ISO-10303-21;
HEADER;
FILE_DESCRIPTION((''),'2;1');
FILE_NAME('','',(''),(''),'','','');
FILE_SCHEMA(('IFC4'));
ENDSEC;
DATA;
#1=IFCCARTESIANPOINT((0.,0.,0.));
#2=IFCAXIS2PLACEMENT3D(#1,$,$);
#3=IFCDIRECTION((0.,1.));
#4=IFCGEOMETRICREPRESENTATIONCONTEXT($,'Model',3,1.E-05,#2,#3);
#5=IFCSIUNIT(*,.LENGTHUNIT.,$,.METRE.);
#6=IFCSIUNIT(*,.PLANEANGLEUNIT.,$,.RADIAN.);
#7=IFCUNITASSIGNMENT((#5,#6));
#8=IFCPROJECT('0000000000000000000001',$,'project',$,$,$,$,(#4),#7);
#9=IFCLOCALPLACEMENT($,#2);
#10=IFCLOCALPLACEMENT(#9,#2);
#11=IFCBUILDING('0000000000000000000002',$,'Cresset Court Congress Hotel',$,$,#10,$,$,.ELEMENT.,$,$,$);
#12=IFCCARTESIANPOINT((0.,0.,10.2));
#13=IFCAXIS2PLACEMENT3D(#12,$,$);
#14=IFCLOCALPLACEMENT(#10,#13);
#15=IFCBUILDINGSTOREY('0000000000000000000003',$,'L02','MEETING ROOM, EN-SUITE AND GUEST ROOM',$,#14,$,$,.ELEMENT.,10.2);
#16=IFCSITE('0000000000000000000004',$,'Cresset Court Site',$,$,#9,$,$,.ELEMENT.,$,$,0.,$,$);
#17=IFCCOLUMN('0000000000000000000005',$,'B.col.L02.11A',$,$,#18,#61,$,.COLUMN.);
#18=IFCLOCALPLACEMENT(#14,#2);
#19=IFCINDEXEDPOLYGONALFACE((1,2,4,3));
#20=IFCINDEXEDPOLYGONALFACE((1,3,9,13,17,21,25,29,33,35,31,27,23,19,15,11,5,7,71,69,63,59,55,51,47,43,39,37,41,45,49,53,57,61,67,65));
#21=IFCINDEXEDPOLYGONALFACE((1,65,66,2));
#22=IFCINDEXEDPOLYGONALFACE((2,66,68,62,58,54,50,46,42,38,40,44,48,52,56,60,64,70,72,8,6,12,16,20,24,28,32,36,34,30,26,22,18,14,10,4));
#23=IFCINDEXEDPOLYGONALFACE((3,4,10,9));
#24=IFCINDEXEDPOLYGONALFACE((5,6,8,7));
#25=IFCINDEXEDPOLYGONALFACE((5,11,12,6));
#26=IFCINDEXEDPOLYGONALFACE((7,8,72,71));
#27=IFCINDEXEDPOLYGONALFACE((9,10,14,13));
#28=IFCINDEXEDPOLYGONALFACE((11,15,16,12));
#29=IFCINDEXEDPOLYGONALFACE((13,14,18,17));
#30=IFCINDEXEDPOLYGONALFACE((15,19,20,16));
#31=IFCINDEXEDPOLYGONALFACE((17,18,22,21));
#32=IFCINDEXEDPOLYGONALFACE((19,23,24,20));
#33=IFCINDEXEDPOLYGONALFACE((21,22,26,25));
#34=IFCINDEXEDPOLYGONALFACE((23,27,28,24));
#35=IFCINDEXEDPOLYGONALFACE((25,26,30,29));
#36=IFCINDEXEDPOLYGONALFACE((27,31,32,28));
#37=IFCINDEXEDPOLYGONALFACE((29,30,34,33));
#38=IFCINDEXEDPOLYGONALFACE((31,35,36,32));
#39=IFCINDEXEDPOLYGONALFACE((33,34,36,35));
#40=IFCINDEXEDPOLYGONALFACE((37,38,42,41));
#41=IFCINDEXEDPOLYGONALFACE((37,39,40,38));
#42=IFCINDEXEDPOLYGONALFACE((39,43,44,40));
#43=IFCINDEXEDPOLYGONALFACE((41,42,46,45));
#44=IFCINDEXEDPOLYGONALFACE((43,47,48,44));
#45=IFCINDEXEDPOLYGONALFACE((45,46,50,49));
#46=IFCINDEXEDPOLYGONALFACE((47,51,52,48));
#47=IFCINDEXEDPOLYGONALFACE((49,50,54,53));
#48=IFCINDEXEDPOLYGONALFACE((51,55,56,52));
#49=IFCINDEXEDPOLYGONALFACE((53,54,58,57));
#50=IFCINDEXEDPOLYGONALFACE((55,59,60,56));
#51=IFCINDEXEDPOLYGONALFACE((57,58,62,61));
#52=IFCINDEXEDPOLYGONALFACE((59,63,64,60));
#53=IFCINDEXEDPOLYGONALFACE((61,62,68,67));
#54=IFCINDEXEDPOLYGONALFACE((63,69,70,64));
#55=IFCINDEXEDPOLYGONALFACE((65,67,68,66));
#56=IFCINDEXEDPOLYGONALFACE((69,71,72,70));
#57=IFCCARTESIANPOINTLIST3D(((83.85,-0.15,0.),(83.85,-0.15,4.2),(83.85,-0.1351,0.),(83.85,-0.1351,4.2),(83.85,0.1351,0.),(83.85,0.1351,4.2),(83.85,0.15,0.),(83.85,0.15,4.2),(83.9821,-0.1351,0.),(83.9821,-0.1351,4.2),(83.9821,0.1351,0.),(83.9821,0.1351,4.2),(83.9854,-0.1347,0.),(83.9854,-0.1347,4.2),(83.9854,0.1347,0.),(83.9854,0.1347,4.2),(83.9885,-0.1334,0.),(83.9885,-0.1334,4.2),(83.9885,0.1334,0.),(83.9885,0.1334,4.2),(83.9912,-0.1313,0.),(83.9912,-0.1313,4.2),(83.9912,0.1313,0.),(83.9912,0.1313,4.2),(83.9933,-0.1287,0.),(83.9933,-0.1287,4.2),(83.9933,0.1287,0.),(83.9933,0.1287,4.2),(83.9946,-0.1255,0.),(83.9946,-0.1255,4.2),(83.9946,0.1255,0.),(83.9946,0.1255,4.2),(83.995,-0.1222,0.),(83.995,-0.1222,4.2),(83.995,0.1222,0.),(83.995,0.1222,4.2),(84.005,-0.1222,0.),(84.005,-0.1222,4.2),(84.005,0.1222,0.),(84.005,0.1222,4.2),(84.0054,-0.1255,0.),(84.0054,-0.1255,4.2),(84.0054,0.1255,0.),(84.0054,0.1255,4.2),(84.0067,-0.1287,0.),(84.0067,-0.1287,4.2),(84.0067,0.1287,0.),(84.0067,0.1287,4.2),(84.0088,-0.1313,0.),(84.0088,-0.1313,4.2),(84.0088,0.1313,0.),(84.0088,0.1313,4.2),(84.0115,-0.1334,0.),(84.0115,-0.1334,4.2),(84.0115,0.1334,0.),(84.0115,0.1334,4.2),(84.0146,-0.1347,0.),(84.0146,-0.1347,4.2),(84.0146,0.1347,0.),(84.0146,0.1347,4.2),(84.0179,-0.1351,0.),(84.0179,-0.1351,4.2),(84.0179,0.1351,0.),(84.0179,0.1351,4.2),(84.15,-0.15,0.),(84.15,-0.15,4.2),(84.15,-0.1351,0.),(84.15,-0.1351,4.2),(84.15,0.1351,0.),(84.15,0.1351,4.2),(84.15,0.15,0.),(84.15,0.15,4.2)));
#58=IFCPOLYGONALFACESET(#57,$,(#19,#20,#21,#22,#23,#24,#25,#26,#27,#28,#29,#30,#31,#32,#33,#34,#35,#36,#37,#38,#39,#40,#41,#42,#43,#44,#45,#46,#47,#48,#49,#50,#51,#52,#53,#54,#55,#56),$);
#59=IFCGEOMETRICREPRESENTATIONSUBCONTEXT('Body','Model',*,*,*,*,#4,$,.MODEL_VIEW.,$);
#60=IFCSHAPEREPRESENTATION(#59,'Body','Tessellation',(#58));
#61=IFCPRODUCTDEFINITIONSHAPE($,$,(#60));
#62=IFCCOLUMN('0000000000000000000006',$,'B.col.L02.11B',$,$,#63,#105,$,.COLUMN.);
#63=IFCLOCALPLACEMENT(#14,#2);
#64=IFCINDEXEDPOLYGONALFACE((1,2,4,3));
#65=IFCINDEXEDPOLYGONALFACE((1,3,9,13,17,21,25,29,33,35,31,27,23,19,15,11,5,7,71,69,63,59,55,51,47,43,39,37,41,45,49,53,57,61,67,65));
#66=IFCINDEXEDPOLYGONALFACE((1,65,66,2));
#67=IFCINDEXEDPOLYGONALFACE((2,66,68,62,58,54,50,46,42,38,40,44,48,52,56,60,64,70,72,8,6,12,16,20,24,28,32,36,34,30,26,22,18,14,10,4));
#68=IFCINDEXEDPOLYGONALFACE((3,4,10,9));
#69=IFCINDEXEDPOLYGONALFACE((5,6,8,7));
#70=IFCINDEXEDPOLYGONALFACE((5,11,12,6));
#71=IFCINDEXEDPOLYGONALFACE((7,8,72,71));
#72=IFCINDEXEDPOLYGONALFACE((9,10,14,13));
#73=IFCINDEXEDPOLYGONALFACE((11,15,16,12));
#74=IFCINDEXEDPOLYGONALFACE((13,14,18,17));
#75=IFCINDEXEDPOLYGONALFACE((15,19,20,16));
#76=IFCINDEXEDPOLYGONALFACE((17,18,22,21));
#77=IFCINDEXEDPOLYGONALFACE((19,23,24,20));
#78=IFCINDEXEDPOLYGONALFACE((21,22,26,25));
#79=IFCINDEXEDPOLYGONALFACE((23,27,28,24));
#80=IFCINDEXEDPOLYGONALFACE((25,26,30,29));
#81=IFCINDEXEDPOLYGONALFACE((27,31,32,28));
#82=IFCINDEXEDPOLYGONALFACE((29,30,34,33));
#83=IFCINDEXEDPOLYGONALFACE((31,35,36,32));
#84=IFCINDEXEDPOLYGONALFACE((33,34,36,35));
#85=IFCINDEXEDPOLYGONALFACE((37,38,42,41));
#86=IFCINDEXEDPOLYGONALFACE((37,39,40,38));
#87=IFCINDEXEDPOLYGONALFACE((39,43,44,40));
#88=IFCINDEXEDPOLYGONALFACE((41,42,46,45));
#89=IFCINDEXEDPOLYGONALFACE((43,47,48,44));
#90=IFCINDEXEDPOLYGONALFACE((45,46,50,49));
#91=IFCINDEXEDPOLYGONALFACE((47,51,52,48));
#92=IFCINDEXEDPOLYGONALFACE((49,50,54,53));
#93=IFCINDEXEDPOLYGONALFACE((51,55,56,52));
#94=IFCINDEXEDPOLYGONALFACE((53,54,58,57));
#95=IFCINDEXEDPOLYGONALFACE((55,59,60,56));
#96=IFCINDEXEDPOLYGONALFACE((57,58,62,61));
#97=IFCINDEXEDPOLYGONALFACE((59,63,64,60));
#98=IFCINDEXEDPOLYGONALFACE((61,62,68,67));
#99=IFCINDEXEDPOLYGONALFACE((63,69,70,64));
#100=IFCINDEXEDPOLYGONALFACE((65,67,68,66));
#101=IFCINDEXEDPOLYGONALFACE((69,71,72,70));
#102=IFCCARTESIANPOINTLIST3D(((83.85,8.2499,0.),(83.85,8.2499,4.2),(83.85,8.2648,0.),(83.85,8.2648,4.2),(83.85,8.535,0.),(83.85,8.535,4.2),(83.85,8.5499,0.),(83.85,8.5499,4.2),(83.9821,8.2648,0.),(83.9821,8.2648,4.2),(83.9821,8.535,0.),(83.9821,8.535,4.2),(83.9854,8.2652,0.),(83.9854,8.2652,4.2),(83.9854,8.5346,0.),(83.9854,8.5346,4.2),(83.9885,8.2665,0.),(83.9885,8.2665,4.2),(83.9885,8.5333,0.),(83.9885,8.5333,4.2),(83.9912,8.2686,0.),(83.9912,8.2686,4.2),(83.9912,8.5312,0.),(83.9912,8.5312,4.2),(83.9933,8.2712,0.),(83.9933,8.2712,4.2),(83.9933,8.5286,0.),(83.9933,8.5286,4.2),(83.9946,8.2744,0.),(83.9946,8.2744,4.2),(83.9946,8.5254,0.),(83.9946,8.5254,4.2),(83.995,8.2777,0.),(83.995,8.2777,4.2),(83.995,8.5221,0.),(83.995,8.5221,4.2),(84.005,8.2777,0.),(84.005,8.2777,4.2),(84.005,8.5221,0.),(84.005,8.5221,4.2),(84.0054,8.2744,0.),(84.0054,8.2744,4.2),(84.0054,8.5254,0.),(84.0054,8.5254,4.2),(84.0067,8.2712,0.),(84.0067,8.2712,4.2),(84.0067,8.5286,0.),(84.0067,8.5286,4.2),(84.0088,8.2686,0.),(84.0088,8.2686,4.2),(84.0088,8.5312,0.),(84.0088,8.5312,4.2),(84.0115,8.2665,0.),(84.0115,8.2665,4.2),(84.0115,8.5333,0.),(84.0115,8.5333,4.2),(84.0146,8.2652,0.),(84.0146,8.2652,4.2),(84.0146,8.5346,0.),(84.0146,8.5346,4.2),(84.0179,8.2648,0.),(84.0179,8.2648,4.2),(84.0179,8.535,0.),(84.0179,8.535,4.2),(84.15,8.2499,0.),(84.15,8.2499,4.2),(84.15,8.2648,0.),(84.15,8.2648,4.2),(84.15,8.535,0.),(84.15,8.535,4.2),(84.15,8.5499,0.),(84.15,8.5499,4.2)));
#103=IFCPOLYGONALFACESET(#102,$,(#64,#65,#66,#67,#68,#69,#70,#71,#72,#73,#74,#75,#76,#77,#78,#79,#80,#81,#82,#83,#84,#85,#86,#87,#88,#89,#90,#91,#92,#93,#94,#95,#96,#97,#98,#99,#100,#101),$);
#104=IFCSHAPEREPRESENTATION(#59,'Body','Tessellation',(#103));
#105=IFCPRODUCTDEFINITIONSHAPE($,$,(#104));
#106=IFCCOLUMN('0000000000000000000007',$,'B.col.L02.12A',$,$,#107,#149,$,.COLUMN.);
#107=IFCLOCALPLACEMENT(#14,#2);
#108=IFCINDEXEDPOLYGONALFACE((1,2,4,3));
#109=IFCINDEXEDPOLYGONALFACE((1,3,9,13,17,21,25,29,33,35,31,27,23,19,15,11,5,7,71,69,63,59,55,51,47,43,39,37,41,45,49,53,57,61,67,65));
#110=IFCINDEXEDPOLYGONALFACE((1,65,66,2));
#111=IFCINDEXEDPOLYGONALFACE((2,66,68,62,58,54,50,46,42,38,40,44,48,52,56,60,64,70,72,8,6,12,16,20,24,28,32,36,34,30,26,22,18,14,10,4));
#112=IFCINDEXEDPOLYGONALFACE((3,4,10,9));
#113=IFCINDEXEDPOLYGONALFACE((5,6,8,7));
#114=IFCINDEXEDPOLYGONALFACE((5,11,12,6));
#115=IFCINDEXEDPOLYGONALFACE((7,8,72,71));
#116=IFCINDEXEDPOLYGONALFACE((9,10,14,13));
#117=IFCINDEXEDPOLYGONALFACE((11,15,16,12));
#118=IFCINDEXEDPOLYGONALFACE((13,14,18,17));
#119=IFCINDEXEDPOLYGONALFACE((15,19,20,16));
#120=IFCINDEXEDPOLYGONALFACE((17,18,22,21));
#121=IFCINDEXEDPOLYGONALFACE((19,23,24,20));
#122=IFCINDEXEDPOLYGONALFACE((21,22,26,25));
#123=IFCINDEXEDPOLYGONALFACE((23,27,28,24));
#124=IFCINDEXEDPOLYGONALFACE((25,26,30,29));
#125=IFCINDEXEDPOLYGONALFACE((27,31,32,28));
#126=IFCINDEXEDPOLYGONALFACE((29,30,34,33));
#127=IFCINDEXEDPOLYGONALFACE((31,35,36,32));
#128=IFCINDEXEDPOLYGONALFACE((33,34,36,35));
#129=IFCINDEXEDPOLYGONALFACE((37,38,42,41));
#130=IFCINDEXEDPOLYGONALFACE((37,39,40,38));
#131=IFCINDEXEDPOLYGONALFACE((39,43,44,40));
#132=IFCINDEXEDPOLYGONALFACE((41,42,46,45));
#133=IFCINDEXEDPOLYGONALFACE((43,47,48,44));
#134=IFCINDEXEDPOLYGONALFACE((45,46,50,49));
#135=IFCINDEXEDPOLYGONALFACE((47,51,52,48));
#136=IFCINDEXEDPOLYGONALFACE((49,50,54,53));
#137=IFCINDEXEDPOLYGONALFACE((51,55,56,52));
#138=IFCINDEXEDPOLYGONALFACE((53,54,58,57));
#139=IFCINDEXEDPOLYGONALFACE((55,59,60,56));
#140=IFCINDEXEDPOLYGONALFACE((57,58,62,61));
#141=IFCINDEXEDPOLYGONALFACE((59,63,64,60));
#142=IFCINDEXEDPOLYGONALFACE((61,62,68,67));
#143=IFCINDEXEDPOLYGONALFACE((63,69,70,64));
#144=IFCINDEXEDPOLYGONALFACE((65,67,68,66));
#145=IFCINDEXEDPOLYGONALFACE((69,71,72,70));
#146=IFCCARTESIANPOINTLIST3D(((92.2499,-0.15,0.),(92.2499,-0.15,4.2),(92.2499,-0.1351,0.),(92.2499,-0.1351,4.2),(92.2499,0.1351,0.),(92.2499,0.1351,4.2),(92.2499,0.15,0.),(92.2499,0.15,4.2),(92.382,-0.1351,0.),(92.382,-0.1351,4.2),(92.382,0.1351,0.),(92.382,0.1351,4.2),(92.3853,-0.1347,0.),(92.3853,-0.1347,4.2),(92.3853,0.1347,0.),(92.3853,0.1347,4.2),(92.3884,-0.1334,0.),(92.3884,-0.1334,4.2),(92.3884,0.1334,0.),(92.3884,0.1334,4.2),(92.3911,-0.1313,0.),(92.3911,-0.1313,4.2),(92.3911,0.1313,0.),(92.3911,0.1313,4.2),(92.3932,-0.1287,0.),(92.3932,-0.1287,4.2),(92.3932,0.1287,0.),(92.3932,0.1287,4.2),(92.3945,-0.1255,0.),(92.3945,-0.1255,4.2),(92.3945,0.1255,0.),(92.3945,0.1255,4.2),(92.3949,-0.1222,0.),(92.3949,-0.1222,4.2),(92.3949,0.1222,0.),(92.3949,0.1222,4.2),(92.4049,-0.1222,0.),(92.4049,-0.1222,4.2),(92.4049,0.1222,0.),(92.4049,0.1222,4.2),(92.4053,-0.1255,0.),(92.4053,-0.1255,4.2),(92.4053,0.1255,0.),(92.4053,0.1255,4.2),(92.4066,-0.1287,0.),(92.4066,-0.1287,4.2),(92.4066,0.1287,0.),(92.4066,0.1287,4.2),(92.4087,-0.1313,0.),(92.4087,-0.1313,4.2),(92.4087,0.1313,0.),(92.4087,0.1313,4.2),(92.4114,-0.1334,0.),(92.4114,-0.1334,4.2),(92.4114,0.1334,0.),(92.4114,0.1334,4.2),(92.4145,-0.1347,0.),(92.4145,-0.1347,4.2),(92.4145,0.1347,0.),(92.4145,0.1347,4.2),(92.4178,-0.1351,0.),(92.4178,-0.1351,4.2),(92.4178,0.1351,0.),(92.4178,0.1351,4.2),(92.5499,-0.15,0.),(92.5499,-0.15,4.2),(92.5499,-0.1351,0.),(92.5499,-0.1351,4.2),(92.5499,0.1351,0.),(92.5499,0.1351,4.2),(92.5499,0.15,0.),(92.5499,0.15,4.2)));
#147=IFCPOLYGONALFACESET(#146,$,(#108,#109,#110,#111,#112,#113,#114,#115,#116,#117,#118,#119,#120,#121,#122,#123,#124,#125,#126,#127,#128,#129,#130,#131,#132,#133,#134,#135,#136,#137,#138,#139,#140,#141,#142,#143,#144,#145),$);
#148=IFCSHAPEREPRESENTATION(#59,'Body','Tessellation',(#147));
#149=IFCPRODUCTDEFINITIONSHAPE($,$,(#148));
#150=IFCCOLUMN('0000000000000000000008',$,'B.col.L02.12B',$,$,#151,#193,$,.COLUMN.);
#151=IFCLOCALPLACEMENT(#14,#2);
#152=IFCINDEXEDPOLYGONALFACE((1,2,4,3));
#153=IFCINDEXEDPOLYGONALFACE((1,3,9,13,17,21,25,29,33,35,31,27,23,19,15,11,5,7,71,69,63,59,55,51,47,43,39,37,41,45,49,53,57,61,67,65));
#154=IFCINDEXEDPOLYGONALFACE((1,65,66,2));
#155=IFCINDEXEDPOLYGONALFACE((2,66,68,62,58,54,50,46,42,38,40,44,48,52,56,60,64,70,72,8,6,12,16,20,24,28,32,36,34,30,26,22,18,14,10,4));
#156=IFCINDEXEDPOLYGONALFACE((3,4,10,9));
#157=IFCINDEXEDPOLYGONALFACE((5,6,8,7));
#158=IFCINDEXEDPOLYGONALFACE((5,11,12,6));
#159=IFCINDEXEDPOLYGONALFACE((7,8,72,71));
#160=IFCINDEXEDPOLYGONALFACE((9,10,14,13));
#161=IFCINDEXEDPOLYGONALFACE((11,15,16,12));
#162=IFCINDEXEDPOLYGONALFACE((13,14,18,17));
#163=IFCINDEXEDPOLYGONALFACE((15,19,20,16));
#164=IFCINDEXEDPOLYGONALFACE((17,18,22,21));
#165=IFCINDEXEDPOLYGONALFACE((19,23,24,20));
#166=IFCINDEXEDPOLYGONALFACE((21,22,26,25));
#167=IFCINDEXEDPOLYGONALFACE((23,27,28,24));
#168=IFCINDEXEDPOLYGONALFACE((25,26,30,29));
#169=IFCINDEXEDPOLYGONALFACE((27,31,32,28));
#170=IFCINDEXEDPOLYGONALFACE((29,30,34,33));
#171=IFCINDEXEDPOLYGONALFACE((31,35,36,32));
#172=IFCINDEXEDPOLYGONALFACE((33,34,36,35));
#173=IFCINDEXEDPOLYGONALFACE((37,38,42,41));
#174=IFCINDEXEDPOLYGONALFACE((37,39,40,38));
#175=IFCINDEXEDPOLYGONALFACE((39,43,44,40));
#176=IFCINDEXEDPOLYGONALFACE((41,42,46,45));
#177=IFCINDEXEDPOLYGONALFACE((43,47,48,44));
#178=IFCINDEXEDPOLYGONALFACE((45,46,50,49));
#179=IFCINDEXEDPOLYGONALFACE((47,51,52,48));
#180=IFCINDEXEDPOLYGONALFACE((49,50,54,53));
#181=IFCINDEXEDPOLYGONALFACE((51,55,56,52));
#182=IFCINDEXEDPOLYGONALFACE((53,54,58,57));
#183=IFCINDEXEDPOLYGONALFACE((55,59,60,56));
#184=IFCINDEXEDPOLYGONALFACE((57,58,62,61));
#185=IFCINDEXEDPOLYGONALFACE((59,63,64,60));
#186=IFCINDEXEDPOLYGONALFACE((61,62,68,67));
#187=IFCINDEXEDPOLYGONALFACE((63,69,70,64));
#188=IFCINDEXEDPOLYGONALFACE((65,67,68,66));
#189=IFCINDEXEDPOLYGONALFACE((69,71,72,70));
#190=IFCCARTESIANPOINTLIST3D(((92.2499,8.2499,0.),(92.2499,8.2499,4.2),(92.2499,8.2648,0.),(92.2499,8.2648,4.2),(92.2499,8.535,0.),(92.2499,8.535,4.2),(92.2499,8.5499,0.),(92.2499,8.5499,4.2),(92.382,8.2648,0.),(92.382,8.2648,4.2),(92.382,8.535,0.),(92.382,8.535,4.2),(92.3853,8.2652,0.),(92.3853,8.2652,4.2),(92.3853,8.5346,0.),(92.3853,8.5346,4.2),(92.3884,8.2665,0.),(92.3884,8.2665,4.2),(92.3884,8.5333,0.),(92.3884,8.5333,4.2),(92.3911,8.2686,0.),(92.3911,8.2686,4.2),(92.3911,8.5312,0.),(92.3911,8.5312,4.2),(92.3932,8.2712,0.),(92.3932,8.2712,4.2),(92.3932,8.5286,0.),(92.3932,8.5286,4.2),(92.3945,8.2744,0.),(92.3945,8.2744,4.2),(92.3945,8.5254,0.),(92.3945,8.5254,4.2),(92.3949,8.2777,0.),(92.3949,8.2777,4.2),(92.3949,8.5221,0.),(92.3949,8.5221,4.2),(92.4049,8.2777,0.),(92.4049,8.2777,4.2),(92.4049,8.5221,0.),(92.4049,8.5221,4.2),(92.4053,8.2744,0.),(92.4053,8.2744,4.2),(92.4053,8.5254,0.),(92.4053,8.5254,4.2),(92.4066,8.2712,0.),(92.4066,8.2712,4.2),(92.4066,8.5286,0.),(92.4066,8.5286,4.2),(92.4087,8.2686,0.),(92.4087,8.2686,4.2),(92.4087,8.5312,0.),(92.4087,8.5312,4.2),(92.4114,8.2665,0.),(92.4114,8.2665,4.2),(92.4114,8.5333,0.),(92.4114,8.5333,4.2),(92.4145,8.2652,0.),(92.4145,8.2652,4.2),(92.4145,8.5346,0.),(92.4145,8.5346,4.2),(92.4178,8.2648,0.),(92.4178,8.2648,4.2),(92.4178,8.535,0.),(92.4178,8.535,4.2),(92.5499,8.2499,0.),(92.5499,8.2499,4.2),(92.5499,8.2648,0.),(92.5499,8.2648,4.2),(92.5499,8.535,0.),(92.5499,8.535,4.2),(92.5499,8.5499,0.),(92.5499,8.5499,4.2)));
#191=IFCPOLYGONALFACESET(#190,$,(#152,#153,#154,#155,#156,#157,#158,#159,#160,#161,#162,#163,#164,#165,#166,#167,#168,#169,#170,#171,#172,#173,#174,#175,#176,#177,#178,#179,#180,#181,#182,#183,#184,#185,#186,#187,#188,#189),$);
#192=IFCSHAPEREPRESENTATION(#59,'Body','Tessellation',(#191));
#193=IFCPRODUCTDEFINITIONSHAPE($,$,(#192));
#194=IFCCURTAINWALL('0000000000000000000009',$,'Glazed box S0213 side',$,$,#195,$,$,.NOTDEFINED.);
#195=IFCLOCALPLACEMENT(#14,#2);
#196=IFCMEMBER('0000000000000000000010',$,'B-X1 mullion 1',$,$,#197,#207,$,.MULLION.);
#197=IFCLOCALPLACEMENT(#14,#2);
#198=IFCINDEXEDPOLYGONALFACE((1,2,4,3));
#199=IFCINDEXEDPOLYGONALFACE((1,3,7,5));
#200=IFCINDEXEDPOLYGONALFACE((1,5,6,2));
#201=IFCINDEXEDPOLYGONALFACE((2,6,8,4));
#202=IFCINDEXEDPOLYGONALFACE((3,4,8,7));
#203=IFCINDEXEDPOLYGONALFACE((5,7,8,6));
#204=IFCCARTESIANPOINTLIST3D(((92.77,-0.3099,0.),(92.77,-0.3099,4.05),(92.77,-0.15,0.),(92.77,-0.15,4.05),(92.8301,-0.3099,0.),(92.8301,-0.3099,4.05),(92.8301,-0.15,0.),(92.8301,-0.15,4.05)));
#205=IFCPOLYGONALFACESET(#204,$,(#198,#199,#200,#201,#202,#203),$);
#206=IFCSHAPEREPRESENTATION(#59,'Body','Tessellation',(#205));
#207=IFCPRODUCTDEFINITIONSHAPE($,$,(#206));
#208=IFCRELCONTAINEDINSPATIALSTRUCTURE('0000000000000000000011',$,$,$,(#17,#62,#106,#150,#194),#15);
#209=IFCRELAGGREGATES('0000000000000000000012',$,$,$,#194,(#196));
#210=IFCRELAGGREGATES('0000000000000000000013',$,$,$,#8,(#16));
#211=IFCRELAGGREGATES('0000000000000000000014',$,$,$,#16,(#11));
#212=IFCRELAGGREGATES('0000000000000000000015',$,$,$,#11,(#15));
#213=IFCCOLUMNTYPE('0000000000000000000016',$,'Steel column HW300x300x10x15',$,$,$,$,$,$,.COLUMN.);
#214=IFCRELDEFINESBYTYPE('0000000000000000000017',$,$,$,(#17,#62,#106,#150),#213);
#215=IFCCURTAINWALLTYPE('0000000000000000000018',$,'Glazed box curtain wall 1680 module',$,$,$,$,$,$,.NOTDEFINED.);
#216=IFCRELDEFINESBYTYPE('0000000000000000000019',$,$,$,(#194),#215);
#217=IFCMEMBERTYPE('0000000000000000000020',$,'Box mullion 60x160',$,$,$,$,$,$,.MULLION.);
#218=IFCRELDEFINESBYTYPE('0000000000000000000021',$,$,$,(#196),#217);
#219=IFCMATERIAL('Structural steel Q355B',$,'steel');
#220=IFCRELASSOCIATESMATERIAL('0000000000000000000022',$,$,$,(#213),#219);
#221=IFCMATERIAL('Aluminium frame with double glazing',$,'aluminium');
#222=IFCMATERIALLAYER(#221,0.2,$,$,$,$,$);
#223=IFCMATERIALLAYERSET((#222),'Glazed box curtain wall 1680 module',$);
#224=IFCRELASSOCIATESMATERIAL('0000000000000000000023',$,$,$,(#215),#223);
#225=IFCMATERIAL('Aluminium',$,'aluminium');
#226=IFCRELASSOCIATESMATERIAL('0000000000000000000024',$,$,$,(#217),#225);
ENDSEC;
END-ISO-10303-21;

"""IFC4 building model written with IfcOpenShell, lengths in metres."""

from ifc_helpers import new_model, si_unit, direction, frame, origin, origin_2d, place, context, subcontext, project, spatial, rectangle, i_section, extrude, material, layer, layer_set, material_profile, profile_set, type_object, element, aggregate, save


model = new_model("IFC4")

# Units and contexts
model_context = context("Model", 3, precision=1e-05, world=origin(), true_north=direction((0.0, 1.0)))
body_context = subcontext(model_context, "Body", "Model", "MODEL_VIEW")
ifc_project = project(units=[si_unit("LENGTHUNIT", "METRE"), si_unit("PLANEANGLEUNIT", "RADIAN")], contexts=[model_context])

# Site, building, storey
site_placement = place(None, origin())
site = spatial("IfcSite", under=ifc_project, at=site_placement, Name="Cresset Court Site", CompositionType="ELEMENT", RefElevation=0.0)
building_placement = place(site_placement, origin())
building = spatial("IfcBuilding", under=site, at=building_placement, Name="Cresset Court Congress Hotel", CompositionType="ELEMENT")
storey_placement = place(building_placement, frame((0.0, 0.0, 10.2)))
storey = spatial("IfcBuildingStorey", under=building, at=storey_placement, Name="L02", Description="MEETING ROOM, EN-SUITE AND GUEST ROOM", CompositionType="ELEMENT", Elevation=10.2)

# Columns
ifc_material_1 = material(Name="Structural steel Q355B", Category="steel")
ifc_material_profile_1 = material_profile(ifc_material_1, i_section(OverallWidth=0.3, OverallDepth=0.3, WebThickness=0.01, FlangeThickness=0.0149, FilletRadius=0.0129, at=origin_2d()), Name="HW300x300x10x15")
ifc_profile_set_1 = profile_set([ifc_material_profile_1], Name="Structural steel Q355B")
column_type = type_object("IfcColumnType", Name="Steel column HW300x300x10x15", PredefinedType="COLUMN", material=ifc_profile_set_1)
for number, where, z_axis, x_axis, name in (
    (1, (84.0, 0.0, 0.0), (0.0, 0.0, 1.0), (1.0, 0.0, 0.0), "B.col.L02.11A"),
    (2, (84.0, 8.3999, 0.0), (0.0, 0.0, 1.0), (1.0, 0.0, 0.0), "B.col.L02.11B"),
    (3, (92.3999, 0.0, 0.0), (0.0, 0.0, 1.0), (1.0, 0.0, 0.0), "B.col.L02.12A"),
    (4, (92.3999, 8.3999, 0.0), (0.0, 0.0, 1.0), (1.0, 0.0, 0.0), "B.col.L02.12B"),
):
    element("IfcColumn", number, at=place(storey_placement, frame(where, z_axis=z_axis, x_axis=x_axis)), inside=storey, type_object=column_type, Name=name, PredefinedType="COLUMN", context=body_context, shape_type="SweptSolid", body=[
        extrude(i_section(OverallWidth=0.3, OverallDepth=0.3, WebThickness=0.01, FlangeThickness=0.0149, FilletRadius=0.0129, at=origin_2d()), origin(), (0.0, 0.0, 1.0), 4.2),
    ])

# Curtain wall, member
ifc_material_2 = material(Name="Aluminium frame with double glazing", Category="aluminium")
ifc_layer_1 = layer(ifc_material_2, 0.2)
ifc_layer_set_1 = layer_set([ifc_layer_1], Name="Glazed box curtain wall 1680 module")
curtain_wall_type = type_object("IfcCurtainWallType", Name="Glazed box curtain wall 1680 module", PredefinedType="NOTDEFINED", material=ifc_layer_set_1)
curtain_wall_1_placement = place(storey_placement, origin())
curtain_wall_1 = element("IfcCurtainWall", 5, at=curtain_wall_1_placement, inside=storey, type_object=curtain_wall_type, Name="Glazed box S0213 side", PredefinedType="NOTDEFINED")
ifc_material_3 = material(Name="Aluminium", Category="aluminium")
ifc_material_profile_2 = material_profile(ifc_material_3, rectangle(XDim=0.0601, YDim=0.1599, at=origin_2d()), Name="Box mullion 60x160")
ifc_profile_set_2 = profile_set([ifc_material_profile_2], Name="Aluminium")
member_type_1 = type_object("IfcMemberType", Name="Box mullion 60x160", PredefinedType="MULLION", material=ifc_profile_set_2)
member_1_placement = place(storey_placement, frame((92.8, -0.23, 0.0), z_axis=(0.0, 0.0, 1.0), x_axis=(1.0, 0.0, 0.0)))
member_1 = element("IfcMember", 6, at=member_1_placement, type_object=member_type_1, Name="B-X1 mullion 1", PredefinedType="MULLION", context=body_context, shape_type="SweptSolid", body=[
    extrude(rectangle(XDim=0.0601, YDim=0.1599, at=origin_2d()), origin(), (0.0, 0.0, 1.0), 4.05),
])
aggregate(curtain_wall_1, [member_1])

save(model, "model.ifc")
